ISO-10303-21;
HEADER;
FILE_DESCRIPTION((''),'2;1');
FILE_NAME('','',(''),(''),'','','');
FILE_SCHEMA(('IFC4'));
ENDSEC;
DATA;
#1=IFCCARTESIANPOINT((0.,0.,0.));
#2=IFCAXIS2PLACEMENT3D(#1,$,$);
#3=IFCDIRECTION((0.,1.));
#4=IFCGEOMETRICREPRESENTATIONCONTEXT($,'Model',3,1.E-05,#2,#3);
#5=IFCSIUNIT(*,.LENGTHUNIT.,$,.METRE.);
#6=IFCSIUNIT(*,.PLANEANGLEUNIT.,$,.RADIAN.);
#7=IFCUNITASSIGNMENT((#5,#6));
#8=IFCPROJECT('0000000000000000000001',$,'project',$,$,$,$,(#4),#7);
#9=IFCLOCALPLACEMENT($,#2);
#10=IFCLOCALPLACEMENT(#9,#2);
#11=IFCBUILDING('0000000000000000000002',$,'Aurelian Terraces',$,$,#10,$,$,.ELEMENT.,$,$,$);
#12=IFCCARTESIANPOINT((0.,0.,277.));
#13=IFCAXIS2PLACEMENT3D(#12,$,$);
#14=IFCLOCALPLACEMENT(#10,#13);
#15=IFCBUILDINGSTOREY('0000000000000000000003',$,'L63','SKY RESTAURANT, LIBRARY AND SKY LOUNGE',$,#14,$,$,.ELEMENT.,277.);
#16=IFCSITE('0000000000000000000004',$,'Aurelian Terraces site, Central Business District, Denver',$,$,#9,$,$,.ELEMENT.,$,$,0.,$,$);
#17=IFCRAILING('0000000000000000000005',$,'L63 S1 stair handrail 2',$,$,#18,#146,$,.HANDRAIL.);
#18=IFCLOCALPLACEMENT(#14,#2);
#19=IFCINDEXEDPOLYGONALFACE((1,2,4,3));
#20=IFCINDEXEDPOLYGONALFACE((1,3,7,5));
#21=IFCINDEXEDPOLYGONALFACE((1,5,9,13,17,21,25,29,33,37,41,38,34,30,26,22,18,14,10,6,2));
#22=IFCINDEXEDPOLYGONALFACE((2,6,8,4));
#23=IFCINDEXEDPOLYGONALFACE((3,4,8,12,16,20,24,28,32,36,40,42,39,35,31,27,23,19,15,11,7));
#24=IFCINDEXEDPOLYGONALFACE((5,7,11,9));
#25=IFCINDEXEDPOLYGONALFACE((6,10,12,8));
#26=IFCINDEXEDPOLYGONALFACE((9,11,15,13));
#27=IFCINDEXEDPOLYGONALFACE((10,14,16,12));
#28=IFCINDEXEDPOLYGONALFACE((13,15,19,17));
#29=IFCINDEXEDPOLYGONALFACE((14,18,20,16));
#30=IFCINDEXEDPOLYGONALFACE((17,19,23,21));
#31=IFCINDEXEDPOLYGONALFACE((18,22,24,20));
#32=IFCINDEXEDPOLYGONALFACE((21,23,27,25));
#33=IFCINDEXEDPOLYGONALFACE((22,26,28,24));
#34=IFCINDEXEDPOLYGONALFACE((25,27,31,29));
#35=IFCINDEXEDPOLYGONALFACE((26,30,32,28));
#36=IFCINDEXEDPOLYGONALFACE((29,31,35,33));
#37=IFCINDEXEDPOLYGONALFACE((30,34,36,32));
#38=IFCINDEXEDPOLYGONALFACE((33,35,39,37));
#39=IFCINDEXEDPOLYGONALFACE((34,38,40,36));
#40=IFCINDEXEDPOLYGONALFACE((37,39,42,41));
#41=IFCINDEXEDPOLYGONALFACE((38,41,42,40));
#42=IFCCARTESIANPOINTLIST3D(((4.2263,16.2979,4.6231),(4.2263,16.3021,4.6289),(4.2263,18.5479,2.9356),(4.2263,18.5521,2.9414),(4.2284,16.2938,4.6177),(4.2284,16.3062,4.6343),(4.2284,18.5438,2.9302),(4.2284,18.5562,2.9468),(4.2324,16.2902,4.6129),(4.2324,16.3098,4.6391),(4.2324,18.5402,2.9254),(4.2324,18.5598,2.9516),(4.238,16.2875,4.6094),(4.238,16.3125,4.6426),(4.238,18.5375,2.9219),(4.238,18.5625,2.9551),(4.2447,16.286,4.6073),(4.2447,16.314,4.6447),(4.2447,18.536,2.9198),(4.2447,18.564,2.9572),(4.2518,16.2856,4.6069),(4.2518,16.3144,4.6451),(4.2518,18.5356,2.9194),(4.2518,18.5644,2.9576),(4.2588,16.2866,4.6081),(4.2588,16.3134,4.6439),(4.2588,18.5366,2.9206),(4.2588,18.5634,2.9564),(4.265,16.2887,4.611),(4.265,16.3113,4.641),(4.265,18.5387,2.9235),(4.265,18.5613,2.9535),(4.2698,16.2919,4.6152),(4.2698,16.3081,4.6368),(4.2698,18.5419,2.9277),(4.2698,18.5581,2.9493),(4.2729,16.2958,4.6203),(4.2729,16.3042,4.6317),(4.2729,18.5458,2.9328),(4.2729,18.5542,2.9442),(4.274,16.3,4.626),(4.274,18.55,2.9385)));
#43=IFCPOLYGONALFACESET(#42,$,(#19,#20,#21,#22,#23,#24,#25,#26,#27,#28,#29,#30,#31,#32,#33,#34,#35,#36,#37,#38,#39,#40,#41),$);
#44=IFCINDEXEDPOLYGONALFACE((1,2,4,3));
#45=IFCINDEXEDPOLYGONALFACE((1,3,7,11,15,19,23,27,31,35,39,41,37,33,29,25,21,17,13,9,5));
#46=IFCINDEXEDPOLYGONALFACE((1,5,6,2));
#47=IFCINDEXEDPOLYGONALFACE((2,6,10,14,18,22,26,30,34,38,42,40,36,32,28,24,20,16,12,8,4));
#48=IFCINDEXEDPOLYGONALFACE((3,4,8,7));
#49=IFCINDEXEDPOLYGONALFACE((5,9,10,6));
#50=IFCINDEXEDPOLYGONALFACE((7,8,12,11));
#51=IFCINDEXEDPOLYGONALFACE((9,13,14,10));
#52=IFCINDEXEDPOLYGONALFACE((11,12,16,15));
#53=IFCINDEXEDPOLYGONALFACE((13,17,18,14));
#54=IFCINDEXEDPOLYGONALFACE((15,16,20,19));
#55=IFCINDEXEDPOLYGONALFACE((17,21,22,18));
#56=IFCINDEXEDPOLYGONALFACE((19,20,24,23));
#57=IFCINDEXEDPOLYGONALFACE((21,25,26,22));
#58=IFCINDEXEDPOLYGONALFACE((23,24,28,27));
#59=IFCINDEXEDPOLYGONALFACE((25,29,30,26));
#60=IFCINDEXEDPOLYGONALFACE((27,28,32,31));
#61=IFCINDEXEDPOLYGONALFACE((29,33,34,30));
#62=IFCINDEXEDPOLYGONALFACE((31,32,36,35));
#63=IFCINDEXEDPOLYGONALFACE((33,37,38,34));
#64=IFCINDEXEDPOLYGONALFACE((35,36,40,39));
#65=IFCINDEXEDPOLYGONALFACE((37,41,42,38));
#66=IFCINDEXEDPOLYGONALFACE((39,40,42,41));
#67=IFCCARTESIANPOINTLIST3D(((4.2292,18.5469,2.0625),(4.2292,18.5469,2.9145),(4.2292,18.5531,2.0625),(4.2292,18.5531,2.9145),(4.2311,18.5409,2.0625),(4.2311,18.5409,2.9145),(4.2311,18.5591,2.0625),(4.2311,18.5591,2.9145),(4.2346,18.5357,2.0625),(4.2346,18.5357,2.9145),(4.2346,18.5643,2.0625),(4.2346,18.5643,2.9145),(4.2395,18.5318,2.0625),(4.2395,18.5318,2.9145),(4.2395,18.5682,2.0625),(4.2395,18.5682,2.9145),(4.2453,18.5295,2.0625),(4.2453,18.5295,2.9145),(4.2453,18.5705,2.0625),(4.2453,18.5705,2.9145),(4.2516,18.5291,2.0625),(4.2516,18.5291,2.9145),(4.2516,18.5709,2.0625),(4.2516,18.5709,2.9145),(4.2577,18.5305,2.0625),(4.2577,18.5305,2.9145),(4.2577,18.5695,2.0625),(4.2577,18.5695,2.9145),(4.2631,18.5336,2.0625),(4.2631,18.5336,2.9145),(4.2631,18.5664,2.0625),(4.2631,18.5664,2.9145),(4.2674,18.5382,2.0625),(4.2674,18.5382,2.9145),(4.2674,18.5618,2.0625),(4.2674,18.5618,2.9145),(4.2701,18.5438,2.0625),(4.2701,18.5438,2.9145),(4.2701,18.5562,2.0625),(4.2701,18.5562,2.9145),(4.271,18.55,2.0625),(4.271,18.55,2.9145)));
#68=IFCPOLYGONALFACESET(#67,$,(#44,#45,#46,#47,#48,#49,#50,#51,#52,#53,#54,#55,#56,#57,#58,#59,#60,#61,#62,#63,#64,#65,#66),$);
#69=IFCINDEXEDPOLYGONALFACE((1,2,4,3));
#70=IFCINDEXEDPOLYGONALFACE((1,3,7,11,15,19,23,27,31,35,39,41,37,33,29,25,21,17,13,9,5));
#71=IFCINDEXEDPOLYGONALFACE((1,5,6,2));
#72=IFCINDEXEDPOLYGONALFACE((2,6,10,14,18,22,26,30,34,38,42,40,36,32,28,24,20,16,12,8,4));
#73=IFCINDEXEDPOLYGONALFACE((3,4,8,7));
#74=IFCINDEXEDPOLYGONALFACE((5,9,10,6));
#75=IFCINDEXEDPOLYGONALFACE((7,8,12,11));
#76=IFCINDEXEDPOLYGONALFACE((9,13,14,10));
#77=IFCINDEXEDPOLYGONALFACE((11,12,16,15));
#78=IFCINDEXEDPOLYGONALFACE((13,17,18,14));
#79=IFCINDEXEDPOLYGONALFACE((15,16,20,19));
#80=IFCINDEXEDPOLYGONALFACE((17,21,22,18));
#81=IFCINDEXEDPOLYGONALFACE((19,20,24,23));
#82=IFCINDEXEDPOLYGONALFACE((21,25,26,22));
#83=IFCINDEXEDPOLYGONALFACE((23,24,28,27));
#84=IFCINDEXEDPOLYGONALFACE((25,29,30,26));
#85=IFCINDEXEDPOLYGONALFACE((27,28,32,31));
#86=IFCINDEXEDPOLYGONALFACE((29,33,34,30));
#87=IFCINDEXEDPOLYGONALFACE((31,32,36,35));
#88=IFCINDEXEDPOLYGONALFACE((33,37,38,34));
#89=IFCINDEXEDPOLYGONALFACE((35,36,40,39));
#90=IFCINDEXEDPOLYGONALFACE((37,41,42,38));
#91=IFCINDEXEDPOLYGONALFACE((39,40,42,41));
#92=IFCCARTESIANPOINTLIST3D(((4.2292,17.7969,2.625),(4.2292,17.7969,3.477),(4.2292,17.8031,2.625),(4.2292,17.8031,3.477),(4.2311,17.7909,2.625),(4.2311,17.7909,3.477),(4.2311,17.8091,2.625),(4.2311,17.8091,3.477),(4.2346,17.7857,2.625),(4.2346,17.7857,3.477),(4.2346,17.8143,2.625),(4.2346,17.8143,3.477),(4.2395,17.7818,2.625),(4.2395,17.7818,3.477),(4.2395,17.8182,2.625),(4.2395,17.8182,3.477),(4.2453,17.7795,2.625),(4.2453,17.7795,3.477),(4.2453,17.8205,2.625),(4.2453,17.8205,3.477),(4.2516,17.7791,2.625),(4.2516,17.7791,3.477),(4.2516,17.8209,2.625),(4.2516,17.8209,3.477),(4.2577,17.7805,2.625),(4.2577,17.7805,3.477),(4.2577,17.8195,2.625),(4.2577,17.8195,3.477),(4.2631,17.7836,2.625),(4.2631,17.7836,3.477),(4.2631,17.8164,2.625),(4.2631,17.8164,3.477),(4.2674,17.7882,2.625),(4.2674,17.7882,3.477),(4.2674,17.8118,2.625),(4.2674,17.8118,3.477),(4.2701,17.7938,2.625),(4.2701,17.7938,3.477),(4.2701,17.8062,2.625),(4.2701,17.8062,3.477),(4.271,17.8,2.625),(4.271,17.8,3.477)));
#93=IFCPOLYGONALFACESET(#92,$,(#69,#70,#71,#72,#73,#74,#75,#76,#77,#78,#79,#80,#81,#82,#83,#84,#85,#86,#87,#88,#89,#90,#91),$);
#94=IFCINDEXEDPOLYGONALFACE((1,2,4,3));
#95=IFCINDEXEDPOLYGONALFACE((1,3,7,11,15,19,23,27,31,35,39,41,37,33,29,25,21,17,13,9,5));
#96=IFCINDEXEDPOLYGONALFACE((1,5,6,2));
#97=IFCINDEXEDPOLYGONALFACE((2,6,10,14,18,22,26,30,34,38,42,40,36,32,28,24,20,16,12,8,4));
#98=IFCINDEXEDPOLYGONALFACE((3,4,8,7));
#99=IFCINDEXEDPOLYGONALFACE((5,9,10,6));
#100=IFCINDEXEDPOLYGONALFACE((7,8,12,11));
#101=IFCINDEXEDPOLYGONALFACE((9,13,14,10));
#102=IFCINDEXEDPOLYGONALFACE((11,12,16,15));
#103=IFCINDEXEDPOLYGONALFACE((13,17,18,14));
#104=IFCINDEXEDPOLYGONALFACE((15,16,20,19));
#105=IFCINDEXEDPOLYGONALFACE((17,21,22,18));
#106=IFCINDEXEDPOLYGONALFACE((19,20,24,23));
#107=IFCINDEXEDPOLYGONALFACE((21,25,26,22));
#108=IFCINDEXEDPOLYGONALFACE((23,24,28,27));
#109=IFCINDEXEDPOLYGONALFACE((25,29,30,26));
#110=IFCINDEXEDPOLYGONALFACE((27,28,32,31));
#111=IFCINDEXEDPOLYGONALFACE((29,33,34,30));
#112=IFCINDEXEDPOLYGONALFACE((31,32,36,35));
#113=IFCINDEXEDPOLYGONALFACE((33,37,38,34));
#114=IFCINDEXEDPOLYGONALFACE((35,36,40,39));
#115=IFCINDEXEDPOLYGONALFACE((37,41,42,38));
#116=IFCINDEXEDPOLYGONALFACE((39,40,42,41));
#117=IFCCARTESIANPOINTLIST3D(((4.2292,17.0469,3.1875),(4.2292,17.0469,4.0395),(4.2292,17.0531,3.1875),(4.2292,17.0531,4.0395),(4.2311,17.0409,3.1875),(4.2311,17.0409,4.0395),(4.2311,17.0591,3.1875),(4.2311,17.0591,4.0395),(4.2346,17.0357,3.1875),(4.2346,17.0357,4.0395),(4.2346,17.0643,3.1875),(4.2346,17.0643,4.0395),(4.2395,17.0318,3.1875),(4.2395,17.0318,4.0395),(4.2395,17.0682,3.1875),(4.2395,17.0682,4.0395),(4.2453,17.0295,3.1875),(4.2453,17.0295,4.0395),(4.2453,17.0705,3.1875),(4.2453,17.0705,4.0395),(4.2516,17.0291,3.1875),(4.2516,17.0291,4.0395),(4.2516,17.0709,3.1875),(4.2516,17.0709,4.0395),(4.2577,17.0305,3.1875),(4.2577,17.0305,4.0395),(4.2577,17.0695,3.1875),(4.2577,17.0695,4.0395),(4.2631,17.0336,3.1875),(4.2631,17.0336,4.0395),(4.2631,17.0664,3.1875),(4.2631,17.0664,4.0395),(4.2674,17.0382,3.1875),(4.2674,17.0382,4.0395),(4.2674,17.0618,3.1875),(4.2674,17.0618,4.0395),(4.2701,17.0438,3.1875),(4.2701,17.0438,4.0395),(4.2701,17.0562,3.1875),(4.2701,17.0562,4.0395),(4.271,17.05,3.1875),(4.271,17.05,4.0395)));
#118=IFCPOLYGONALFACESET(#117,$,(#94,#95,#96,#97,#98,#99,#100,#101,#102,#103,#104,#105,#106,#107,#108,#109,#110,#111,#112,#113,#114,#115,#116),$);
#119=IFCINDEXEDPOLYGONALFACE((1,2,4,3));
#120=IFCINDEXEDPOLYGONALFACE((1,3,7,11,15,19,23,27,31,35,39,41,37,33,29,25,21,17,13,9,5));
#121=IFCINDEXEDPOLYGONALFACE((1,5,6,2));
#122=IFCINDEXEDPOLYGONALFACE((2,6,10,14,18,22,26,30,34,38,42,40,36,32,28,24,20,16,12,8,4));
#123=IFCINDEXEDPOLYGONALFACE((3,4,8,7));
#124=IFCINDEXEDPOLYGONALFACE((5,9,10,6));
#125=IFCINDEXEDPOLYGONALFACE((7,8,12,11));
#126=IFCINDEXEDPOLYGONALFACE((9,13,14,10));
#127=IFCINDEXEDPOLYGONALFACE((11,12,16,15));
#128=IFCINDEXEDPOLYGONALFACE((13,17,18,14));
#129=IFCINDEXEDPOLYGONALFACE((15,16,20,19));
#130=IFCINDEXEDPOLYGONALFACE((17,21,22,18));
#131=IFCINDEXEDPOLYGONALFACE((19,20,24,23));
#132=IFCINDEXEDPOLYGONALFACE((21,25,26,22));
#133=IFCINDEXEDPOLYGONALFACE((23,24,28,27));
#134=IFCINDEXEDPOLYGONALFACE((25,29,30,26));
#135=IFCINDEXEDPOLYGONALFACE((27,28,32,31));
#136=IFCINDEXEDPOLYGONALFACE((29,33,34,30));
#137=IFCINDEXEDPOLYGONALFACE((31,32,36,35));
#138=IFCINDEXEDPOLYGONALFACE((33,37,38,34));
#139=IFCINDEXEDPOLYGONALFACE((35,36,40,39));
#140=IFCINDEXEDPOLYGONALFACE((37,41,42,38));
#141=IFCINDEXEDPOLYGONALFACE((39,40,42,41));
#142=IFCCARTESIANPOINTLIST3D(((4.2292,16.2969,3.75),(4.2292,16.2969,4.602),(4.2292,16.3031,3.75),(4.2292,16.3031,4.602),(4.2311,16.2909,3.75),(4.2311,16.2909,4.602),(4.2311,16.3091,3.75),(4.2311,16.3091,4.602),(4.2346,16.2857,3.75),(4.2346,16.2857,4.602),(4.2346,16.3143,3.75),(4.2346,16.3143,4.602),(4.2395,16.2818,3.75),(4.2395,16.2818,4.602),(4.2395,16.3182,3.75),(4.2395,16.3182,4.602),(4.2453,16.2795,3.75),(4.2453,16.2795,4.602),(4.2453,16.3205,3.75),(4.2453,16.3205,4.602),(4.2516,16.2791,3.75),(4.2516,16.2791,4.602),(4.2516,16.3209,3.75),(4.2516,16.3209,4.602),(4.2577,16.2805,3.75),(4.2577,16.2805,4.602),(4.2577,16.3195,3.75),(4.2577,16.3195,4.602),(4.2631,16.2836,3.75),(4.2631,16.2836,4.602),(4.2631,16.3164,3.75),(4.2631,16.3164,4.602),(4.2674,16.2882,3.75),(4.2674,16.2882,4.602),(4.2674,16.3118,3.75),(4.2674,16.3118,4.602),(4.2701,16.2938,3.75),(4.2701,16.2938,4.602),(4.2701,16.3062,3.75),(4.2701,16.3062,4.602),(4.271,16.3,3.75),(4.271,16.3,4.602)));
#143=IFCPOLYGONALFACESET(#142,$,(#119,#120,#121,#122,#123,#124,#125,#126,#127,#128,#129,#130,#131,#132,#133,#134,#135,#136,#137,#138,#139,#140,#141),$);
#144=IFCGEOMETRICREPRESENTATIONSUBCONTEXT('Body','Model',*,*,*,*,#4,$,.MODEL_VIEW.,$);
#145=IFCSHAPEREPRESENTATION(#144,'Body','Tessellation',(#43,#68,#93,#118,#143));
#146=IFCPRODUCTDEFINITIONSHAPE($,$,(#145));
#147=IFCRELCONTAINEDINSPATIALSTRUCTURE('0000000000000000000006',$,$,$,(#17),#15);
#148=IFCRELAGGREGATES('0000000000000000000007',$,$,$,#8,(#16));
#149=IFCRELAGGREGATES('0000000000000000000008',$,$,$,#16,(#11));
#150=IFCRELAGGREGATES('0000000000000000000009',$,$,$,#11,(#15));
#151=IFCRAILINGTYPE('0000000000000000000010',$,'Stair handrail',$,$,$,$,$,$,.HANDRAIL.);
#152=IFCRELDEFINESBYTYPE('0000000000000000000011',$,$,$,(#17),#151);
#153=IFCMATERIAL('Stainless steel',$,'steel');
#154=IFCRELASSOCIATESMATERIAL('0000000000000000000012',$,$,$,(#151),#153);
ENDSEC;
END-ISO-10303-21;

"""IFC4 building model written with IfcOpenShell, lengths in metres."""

from ifc_helpers import new_model, si_unit, direction, frame, origin, origin_2d, place, context, subcontext, project, spatial, circle, extrude, source, transform, mapped, material, type_object, element, save


model = new_model("IFC4")

# Units and contexts
model_context = context("Model", 3, precision=1e-05, world=origin(), true_north=direction((0.0, 1.0)))
body_context = subcontext(model_context, "Body", "Model", "MODEL_VIEW")
ifc_project = project(units=[si_unit("LENGTHUNIT", "METRE"), si_unit("PLANEANGLEUNIT", "RADIAN")], contexts=[model_context])

# Site, building, storey
site_placement = place(None, origin())
site = spatial("IfcSite", under=ifc_project, at=site_placement, Name="Aurelian Terraces site, Central Business District, Denver", CompositionType="ELEMENT", RefElevation=0.0)
building_placement = place(site_placement, origin())
building = spatial("IfcBuilding", under=site, at=building_placement, Name="Aurelian Terraces", CompositionType="ELEMENT")
storey_placement = place(building_placement, frame((0.0, 0.0, 277.0)))
storey = spatial("IfcBuildingStorey", under=building, at=storey_placement, Name="L63", Description="SKY RESTAURANT, LIBRARY AND SKY LOUNGE", CompositionType="ELEMENT", Elevation=277.0)

# Railing
ifc_material_1 = material(Name="Stainless steel", Category="steel")
railing_type_1 = type_object("IfcRailingType", Name="Stair handrail", PredefinedType="HANDRAIL", material=ifc_material_1)
shared_shape_1 = source(origin(), body_context, "Body", "SweptSolid", [
    extrude(circle(Radius=0.024, at=origin_2d()), frame((0.0, 0.0, 0.876), z_axis=(0.0, -0.8, 0.6), x_axis=(1.0, 0.0, 0.0)), (0.0, 0.0, 1.0), 2.8125),
    extrude(circle(Radius=0.021, at=origin_2d()), origin(), (0.0, 0.0, 1.0), 0.852),
    extrude(circle(Radius=0.021, at=origin_2d()), frame((0.0, -0.75, 0.5625)), (0.0, 0.0, 1.0), 0.852),
    extrude(circle(Radius=0.021, at=origin_2d()), frame((0.0, -1.5, 1.125)), (0.0, 0.0, 1.0), 0.852),
    extrude(circle(Radius=0.021, at=origin_2d()), frame((0.0, -2.25, 1.6875)), (0.0, 0.0, 1.0), 0.852),
])
for number, where, name in (
    (1, (4.25, 18.55, 2.0625), "L63 S1 stair handrail 2"),
):
    element("IfcRailing", number, at=place(storey_placement, frame(where)), inside=storey, type_object=railing_type_1, Name=name, PredefinedType="HANDRAIL", context=body_context, shape_type="MappedRepresentation", body=[
        mapped(shared_shape_1, transform((0.0, 0.0, 0.0), scale=1.0)),
    ])

save(model, "model.ifc")
